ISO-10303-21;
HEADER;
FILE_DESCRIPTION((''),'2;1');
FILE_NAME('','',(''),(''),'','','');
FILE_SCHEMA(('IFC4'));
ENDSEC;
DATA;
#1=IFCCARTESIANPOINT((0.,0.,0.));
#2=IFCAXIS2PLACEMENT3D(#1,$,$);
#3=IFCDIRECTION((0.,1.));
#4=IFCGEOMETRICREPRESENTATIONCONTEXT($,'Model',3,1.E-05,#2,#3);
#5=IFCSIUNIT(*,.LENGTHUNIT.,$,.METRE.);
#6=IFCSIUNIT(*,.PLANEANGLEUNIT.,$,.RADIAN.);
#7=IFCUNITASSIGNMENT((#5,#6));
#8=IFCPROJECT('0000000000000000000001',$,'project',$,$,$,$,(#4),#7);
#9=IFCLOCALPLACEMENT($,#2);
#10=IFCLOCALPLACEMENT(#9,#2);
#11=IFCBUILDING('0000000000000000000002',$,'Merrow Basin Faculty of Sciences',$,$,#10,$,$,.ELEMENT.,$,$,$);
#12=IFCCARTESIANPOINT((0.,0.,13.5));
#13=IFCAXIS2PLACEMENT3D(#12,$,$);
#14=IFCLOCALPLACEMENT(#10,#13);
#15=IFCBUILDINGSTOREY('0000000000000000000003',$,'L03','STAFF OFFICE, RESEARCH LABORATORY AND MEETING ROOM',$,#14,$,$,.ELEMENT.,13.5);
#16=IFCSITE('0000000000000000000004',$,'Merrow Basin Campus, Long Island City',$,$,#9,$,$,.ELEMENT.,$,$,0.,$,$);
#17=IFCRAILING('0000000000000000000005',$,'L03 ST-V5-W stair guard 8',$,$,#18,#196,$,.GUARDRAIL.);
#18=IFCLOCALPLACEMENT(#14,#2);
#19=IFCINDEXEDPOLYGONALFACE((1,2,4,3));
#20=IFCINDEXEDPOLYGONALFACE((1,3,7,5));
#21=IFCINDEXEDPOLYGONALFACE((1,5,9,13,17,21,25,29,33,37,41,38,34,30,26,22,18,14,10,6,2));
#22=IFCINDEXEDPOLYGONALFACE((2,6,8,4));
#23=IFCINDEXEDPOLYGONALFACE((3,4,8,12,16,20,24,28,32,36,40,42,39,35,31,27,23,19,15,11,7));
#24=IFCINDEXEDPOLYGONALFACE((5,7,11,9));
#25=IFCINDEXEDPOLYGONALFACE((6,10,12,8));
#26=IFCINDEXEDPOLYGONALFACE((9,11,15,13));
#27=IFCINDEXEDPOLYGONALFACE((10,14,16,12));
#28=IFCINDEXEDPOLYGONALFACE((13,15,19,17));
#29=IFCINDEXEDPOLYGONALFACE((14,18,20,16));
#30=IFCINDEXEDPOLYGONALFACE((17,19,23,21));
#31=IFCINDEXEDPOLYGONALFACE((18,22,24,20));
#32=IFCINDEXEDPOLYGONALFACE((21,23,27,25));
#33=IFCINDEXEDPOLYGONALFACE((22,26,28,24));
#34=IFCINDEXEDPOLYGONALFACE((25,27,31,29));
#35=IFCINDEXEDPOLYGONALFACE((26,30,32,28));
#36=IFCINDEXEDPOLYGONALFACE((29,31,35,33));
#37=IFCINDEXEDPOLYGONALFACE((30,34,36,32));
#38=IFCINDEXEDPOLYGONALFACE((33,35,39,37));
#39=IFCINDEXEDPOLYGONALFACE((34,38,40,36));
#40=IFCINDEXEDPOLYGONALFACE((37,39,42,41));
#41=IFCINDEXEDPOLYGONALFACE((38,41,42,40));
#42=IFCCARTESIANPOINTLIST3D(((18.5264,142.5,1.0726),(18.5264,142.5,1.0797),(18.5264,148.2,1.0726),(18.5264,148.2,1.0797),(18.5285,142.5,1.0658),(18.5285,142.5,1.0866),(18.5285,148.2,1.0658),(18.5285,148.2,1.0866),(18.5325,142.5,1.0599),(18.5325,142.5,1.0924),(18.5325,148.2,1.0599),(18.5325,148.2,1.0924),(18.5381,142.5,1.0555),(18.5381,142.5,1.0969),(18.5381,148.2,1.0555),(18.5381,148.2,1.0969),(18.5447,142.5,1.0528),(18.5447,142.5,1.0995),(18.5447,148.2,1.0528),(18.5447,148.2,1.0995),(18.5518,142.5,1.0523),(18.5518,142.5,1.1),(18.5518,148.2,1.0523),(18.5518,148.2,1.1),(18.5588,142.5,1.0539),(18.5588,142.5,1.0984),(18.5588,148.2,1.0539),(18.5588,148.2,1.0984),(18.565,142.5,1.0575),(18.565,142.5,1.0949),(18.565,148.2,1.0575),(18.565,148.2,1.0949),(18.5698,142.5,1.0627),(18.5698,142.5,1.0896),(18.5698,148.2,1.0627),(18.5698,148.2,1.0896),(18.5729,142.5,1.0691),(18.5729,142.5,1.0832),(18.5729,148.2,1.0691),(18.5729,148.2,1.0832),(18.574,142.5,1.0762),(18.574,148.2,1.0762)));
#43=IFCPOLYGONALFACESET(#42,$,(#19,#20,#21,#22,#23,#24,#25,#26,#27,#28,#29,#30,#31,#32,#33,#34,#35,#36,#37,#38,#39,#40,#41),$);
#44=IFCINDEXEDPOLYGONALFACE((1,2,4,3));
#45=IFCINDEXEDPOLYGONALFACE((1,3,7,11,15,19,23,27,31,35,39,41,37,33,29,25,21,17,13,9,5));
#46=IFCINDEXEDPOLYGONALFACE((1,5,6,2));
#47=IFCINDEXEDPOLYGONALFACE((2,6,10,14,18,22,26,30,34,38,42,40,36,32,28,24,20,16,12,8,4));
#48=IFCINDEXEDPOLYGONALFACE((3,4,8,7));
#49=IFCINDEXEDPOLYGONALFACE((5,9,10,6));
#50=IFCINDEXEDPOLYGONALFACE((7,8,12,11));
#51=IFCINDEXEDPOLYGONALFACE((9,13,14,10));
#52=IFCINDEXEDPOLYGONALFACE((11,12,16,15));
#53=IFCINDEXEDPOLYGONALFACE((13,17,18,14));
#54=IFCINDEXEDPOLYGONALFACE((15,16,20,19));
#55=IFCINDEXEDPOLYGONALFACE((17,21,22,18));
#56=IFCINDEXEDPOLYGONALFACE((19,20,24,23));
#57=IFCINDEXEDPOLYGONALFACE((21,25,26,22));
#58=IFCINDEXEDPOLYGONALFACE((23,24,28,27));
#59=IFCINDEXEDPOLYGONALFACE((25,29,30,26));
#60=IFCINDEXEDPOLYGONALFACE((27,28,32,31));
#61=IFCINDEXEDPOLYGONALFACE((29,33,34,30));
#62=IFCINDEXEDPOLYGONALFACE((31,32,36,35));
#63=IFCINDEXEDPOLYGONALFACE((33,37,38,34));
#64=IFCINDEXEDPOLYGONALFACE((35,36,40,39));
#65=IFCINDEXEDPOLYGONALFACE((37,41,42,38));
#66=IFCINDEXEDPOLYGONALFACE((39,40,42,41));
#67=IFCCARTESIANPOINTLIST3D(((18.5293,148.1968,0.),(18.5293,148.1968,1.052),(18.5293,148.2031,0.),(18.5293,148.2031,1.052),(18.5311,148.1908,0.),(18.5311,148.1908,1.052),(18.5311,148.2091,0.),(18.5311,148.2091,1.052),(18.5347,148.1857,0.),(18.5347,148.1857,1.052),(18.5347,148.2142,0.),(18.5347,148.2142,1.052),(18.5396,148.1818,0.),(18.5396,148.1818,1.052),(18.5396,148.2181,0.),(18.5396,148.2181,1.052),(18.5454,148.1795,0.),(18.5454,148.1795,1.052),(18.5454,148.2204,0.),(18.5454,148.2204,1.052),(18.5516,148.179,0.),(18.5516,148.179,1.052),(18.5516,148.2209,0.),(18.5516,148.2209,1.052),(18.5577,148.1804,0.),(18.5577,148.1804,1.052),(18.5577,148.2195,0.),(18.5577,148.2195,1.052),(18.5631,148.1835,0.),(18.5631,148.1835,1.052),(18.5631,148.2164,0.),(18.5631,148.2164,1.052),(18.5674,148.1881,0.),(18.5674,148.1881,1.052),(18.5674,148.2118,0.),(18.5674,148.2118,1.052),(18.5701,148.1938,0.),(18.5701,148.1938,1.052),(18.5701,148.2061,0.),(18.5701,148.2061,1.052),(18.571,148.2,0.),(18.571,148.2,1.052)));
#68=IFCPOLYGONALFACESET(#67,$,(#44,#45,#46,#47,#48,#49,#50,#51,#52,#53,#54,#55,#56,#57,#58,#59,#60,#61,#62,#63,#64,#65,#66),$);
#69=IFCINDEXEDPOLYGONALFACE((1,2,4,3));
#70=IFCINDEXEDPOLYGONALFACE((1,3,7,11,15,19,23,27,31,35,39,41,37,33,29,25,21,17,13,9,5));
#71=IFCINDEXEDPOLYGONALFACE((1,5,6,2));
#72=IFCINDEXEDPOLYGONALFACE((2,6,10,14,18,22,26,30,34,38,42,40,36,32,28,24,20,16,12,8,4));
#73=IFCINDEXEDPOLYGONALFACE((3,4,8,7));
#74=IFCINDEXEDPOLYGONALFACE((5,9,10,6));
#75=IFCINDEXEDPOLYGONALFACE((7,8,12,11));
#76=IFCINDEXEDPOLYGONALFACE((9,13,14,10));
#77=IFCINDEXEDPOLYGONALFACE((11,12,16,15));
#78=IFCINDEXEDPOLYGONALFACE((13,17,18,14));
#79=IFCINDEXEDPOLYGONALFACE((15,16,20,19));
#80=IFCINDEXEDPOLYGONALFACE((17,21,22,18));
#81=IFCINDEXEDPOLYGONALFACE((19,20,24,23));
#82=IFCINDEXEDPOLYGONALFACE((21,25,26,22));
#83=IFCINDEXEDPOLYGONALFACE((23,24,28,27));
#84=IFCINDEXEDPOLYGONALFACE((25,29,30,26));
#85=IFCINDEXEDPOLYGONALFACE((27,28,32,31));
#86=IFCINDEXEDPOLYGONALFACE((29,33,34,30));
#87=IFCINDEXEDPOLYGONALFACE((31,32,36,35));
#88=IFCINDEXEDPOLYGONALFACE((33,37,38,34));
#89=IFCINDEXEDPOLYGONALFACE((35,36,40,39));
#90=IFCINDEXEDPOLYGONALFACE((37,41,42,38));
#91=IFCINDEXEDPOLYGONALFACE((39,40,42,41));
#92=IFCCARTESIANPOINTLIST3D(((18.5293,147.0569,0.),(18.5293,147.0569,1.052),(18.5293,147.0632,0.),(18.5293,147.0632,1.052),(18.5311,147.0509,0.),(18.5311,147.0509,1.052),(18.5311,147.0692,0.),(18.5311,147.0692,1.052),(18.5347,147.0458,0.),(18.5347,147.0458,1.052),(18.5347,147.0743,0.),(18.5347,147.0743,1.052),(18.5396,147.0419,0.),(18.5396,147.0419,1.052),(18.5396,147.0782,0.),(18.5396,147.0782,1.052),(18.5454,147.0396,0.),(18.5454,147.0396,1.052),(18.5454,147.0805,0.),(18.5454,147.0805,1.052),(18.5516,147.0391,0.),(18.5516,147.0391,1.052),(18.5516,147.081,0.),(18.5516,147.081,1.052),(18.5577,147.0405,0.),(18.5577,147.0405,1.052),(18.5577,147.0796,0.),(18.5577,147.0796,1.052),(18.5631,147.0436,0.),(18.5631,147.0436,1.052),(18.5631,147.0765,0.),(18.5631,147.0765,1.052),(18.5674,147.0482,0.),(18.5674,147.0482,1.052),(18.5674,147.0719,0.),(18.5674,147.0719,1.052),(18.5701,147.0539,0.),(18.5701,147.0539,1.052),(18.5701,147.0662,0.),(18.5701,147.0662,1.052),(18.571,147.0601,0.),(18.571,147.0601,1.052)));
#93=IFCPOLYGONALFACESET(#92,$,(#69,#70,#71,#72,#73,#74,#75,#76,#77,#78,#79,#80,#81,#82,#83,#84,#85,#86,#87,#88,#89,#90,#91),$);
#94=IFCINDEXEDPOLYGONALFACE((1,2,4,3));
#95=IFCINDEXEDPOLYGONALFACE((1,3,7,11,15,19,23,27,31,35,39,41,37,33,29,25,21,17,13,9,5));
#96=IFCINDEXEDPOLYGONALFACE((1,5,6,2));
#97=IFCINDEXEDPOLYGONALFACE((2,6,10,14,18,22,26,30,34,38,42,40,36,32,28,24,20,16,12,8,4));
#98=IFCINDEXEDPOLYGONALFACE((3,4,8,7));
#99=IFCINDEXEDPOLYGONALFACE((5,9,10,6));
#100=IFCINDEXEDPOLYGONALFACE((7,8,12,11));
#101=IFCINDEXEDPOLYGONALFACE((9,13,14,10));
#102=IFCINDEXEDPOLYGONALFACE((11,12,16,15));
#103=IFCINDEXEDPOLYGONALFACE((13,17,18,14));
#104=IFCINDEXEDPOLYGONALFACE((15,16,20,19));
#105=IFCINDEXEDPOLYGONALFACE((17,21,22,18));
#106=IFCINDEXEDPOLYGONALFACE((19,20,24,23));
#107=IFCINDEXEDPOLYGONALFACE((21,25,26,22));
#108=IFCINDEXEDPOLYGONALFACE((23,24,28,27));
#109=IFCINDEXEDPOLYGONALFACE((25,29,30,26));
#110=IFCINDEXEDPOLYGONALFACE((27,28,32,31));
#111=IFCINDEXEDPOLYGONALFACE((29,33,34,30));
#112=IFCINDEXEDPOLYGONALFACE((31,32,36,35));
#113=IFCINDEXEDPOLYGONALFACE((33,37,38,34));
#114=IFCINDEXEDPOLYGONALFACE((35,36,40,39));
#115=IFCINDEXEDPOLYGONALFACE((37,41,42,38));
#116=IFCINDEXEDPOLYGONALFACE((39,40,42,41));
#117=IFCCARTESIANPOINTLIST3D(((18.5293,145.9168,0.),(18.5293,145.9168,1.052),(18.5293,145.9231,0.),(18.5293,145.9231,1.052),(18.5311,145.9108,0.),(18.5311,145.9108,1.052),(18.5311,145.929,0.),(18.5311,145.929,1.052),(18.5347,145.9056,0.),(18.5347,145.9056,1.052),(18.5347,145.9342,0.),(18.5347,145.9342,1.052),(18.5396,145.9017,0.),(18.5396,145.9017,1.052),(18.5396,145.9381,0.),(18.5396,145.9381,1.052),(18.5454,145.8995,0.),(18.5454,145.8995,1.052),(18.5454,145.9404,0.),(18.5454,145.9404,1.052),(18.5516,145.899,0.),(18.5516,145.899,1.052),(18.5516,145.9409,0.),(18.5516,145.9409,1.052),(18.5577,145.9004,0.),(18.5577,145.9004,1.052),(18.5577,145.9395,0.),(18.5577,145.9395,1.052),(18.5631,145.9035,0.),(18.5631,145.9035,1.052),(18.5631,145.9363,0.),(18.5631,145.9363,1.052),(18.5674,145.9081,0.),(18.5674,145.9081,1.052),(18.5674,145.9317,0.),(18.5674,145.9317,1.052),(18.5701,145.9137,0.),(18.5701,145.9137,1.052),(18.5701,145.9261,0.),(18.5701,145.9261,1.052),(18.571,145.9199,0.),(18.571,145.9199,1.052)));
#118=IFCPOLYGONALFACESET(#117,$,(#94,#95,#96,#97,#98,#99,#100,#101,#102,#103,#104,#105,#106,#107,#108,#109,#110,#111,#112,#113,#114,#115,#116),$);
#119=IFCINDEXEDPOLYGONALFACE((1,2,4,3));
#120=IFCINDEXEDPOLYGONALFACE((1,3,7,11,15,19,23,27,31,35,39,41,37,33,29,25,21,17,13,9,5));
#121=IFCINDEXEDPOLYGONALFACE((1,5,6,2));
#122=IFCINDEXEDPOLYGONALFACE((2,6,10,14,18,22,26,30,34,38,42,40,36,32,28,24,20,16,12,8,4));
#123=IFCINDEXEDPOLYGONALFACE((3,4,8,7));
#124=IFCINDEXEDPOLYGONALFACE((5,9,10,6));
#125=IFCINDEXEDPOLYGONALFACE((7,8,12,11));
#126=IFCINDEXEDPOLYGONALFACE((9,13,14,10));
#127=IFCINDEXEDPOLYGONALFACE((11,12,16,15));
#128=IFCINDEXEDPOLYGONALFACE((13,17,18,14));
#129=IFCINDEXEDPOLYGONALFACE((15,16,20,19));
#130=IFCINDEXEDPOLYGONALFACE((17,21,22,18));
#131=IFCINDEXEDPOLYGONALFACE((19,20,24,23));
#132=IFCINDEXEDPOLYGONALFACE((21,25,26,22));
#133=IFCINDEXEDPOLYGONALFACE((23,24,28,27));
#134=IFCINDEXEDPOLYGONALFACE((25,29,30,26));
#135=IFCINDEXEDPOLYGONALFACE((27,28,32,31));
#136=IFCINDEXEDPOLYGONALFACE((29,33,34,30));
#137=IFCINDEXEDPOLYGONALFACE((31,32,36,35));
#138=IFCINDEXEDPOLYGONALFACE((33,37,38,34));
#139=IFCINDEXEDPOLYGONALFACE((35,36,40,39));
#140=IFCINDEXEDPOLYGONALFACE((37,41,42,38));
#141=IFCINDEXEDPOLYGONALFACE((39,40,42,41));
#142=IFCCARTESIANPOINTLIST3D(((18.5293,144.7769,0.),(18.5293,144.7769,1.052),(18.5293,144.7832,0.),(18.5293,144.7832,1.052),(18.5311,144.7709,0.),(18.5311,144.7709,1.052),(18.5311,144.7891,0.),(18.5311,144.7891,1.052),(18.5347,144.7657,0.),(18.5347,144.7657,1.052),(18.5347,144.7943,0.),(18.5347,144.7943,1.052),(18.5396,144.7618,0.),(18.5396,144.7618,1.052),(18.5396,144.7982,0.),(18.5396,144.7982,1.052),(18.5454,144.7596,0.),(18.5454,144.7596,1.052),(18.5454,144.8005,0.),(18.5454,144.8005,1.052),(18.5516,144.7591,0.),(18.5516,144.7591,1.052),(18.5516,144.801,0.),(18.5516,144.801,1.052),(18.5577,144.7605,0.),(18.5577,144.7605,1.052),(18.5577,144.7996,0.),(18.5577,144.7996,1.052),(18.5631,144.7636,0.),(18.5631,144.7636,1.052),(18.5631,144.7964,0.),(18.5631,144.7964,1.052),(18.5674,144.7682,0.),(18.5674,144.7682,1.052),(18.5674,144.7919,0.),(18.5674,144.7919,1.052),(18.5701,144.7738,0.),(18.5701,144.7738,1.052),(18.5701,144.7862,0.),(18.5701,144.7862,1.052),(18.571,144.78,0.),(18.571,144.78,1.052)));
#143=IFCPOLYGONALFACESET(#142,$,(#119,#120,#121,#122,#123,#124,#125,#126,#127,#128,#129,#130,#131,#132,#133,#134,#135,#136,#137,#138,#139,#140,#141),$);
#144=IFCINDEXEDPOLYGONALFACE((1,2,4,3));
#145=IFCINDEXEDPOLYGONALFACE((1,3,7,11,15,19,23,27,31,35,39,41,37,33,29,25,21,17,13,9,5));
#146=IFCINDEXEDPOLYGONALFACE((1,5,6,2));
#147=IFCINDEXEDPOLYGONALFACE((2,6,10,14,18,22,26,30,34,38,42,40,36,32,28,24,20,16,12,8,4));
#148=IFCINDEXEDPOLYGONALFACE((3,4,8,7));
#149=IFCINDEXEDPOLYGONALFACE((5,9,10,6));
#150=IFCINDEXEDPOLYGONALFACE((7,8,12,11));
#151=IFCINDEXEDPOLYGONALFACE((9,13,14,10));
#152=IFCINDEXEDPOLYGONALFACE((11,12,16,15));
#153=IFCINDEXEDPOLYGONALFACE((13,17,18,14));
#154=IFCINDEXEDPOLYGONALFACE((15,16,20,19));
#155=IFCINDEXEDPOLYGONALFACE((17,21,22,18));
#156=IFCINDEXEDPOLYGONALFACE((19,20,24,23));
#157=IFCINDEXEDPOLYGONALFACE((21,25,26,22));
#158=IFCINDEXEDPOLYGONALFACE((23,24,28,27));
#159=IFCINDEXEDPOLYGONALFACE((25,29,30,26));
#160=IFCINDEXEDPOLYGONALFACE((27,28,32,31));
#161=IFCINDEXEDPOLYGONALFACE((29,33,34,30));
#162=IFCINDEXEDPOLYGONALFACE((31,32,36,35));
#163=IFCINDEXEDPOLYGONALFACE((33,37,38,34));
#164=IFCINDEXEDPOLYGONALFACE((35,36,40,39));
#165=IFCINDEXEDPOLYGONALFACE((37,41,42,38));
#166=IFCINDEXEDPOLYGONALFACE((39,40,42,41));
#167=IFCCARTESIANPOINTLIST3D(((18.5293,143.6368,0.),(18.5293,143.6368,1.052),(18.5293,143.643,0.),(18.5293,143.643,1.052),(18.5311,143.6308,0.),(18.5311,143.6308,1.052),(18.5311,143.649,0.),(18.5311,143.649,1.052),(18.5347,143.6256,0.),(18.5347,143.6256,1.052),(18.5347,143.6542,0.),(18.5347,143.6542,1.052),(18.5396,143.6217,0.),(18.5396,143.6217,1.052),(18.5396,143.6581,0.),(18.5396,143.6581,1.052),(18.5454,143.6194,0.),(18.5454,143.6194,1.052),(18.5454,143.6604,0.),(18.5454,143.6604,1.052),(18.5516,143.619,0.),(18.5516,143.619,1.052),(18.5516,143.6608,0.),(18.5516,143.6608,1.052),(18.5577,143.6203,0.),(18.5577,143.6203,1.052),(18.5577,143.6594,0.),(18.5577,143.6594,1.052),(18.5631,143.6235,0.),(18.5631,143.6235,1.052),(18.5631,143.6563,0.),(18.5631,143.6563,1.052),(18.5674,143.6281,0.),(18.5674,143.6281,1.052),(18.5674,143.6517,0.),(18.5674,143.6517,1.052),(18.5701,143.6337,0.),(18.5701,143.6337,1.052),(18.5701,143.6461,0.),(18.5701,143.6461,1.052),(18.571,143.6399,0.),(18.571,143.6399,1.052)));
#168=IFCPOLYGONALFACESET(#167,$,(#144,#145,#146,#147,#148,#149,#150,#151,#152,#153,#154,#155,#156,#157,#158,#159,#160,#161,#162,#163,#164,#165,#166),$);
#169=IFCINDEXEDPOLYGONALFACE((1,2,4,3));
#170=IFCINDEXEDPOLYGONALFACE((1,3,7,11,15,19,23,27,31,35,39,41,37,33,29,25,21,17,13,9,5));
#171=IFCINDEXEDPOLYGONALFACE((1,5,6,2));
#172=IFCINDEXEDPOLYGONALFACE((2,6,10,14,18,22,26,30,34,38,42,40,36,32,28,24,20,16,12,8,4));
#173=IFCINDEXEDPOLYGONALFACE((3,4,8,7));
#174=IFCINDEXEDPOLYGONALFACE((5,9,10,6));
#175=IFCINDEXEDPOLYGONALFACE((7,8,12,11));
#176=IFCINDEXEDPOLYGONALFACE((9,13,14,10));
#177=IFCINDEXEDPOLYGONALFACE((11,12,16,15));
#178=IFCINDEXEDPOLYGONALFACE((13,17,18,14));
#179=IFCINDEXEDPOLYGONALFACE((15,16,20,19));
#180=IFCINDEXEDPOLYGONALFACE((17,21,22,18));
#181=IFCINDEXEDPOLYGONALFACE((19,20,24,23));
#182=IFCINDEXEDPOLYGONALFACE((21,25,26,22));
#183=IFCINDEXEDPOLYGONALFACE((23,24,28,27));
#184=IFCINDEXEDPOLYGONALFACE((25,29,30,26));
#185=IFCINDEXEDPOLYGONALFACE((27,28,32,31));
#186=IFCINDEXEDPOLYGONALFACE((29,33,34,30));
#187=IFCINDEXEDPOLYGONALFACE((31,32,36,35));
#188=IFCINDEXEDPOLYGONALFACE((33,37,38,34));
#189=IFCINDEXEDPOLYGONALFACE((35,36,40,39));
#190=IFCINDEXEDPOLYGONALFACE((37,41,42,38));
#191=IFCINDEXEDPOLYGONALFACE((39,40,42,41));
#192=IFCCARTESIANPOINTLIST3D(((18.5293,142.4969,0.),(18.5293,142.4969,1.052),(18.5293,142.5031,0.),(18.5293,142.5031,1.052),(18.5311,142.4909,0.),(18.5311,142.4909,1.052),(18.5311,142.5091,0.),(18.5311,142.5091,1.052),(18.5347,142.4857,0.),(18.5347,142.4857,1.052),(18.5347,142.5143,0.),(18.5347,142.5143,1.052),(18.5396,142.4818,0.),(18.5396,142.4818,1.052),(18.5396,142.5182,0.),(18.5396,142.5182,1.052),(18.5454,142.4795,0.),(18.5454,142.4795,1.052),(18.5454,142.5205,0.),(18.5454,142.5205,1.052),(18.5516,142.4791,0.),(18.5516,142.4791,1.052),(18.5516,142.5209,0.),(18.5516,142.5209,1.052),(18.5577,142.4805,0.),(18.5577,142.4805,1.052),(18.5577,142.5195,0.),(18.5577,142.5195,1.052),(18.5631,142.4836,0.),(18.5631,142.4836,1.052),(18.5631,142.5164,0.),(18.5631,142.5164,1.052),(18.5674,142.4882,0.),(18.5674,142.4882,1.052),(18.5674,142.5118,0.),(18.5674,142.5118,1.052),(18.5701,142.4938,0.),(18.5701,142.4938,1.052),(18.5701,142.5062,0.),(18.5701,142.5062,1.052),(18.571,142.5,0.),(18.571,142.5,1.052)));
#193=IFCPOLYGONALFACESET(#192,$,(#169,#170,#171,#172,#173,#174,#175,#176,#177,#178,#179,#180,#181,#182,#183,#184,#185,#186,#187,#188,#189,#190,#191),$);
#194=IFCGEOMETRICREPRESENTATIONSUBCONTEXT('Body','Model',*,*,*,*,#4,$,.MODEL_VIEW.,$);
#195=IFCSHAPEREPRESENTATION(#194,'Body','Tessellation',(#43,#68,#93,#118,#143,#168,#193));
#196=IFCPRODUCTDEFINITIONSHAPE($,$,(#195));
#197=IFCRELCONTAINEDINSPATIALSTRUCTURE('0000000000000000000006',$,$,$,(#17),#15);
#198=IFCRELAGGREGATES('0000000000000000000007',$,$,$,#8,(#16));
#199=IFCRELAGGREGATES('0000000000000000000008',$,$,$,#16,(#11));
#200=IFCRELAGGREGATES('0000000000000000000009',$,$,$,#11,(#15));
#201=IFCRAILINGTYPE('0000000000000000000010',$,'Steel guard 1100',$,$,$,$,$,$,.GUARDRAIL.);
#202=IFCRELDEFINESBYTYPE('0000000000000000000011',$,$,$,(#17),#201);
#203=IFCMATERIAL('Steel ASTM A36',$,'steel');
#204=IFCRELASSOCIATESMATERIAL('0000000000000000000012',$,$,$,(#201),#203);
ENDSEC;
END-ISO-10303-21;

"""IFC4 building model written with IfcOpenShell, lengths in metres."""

from ifc_helpers import new_model, si_unit, direction, frame, origin, origin_2d, place, context, subcontext, project, spatial, circle, extrude, material, type_object, element, save


model = new_model("IFC4")

# Units and contexts
model_context = context("Model", 3, precision=1e-05, world=origin(), true_north=direction((0.0, 1.0)))
body_context = subcontext(model_context, "Body", "Model", "MODEL_VIEW")
ifc_project = project(units=[si_unit("LENGTHUNIT", "METRE"), si_unit("PLANEANGLEUNIT", "RADIAN")], contexts=[model_context])

# Site, building, storey
site_placement = place(None, origin())
site = spatial("IfcSite", under=ifc_project, at=site_placement, Name="Merrow Basin Campus, Long Island City", CompositionType="ELEMENT", RefElevation=0.0)
building_placement = place(site_placement, origin())
building = spatial("IfcBuilding", under=site, at=building_placement, Name="Merrow Basin Faculty of Sciences", CompositionType="ELEMENT")
storey_placement = place(building_placement, frame((0.0, 0.0, 13.5)))
storey = spatial("IfcBuildingStorey", under=building, at=storey_placement, Name="L03", Description="STAFF OFFICE, RESEARCH LABORATORY AND MEETING ROOM", CompositionType="ELEMENT", Elevation=13.5)

# Railing
ifc_material_1 = material(Name="Steel ASTM A36", Category="steel")
railing_type_1 = type_object("IfcRailingType", Name="Steel guard 1100", PredefinedType="GUARDRAIL", material=ifc_material_1)
railing_1_placement = place(storey_placement, frame((18.55, 148.2, 0.0)))
element("IfcRailing", 1, at=railing_1_placement, inside=storey, type_object=railing_type_1, Name="L03 ST-V5-W stair guard 8", PredefinedType="GUARDRAIL", context=body_context, shape_type="SweptSolid", body=[
    extrude(circle(Radius=0.0239, at=origin_2d()), frame((0.0, 0.0, 1.0762), z_axis=(0.0, -1.0, 0.0), x_axis=(1.0, 0.0, 0.0)), (0.0, 0.0, 1.0), 5.7),
    extrude(circle(Radius=0.021, at=origin_2d()), origin(), (0.0, 0.0, 1.0), 1.052),
    extrude(circle(Radius=0.021, at=origin_2d()), frame((0.0, -1.1399, 0.0)), (0.0, 0.0, 1.0), 1.052),
    extrude(circle(Radius=0.021, at=origin_2d()), frame((0.0, -2.28, 0.0)), (0.0, 0.0, 1.0), 1.052),
    extrude(circle(Radius=0.021, at=origin_2d()), frame((0.0, -3.4199, 0.0)), (0.0, 0.0, 1.0), 1.052),
    extrude(circle(Radius=0.021, at=origin_2d()), frame((0.0, -4.5601, 0.0)), (0.0, 0.0, 1.0), 1.052),
    extrude(circle(Radius=0.021, at=origin_2d()), frame((0.0, -5.7, 0.0)), (0.0, 0.0, 1.0), 1.052),
])

save(model, "model.ifc")
